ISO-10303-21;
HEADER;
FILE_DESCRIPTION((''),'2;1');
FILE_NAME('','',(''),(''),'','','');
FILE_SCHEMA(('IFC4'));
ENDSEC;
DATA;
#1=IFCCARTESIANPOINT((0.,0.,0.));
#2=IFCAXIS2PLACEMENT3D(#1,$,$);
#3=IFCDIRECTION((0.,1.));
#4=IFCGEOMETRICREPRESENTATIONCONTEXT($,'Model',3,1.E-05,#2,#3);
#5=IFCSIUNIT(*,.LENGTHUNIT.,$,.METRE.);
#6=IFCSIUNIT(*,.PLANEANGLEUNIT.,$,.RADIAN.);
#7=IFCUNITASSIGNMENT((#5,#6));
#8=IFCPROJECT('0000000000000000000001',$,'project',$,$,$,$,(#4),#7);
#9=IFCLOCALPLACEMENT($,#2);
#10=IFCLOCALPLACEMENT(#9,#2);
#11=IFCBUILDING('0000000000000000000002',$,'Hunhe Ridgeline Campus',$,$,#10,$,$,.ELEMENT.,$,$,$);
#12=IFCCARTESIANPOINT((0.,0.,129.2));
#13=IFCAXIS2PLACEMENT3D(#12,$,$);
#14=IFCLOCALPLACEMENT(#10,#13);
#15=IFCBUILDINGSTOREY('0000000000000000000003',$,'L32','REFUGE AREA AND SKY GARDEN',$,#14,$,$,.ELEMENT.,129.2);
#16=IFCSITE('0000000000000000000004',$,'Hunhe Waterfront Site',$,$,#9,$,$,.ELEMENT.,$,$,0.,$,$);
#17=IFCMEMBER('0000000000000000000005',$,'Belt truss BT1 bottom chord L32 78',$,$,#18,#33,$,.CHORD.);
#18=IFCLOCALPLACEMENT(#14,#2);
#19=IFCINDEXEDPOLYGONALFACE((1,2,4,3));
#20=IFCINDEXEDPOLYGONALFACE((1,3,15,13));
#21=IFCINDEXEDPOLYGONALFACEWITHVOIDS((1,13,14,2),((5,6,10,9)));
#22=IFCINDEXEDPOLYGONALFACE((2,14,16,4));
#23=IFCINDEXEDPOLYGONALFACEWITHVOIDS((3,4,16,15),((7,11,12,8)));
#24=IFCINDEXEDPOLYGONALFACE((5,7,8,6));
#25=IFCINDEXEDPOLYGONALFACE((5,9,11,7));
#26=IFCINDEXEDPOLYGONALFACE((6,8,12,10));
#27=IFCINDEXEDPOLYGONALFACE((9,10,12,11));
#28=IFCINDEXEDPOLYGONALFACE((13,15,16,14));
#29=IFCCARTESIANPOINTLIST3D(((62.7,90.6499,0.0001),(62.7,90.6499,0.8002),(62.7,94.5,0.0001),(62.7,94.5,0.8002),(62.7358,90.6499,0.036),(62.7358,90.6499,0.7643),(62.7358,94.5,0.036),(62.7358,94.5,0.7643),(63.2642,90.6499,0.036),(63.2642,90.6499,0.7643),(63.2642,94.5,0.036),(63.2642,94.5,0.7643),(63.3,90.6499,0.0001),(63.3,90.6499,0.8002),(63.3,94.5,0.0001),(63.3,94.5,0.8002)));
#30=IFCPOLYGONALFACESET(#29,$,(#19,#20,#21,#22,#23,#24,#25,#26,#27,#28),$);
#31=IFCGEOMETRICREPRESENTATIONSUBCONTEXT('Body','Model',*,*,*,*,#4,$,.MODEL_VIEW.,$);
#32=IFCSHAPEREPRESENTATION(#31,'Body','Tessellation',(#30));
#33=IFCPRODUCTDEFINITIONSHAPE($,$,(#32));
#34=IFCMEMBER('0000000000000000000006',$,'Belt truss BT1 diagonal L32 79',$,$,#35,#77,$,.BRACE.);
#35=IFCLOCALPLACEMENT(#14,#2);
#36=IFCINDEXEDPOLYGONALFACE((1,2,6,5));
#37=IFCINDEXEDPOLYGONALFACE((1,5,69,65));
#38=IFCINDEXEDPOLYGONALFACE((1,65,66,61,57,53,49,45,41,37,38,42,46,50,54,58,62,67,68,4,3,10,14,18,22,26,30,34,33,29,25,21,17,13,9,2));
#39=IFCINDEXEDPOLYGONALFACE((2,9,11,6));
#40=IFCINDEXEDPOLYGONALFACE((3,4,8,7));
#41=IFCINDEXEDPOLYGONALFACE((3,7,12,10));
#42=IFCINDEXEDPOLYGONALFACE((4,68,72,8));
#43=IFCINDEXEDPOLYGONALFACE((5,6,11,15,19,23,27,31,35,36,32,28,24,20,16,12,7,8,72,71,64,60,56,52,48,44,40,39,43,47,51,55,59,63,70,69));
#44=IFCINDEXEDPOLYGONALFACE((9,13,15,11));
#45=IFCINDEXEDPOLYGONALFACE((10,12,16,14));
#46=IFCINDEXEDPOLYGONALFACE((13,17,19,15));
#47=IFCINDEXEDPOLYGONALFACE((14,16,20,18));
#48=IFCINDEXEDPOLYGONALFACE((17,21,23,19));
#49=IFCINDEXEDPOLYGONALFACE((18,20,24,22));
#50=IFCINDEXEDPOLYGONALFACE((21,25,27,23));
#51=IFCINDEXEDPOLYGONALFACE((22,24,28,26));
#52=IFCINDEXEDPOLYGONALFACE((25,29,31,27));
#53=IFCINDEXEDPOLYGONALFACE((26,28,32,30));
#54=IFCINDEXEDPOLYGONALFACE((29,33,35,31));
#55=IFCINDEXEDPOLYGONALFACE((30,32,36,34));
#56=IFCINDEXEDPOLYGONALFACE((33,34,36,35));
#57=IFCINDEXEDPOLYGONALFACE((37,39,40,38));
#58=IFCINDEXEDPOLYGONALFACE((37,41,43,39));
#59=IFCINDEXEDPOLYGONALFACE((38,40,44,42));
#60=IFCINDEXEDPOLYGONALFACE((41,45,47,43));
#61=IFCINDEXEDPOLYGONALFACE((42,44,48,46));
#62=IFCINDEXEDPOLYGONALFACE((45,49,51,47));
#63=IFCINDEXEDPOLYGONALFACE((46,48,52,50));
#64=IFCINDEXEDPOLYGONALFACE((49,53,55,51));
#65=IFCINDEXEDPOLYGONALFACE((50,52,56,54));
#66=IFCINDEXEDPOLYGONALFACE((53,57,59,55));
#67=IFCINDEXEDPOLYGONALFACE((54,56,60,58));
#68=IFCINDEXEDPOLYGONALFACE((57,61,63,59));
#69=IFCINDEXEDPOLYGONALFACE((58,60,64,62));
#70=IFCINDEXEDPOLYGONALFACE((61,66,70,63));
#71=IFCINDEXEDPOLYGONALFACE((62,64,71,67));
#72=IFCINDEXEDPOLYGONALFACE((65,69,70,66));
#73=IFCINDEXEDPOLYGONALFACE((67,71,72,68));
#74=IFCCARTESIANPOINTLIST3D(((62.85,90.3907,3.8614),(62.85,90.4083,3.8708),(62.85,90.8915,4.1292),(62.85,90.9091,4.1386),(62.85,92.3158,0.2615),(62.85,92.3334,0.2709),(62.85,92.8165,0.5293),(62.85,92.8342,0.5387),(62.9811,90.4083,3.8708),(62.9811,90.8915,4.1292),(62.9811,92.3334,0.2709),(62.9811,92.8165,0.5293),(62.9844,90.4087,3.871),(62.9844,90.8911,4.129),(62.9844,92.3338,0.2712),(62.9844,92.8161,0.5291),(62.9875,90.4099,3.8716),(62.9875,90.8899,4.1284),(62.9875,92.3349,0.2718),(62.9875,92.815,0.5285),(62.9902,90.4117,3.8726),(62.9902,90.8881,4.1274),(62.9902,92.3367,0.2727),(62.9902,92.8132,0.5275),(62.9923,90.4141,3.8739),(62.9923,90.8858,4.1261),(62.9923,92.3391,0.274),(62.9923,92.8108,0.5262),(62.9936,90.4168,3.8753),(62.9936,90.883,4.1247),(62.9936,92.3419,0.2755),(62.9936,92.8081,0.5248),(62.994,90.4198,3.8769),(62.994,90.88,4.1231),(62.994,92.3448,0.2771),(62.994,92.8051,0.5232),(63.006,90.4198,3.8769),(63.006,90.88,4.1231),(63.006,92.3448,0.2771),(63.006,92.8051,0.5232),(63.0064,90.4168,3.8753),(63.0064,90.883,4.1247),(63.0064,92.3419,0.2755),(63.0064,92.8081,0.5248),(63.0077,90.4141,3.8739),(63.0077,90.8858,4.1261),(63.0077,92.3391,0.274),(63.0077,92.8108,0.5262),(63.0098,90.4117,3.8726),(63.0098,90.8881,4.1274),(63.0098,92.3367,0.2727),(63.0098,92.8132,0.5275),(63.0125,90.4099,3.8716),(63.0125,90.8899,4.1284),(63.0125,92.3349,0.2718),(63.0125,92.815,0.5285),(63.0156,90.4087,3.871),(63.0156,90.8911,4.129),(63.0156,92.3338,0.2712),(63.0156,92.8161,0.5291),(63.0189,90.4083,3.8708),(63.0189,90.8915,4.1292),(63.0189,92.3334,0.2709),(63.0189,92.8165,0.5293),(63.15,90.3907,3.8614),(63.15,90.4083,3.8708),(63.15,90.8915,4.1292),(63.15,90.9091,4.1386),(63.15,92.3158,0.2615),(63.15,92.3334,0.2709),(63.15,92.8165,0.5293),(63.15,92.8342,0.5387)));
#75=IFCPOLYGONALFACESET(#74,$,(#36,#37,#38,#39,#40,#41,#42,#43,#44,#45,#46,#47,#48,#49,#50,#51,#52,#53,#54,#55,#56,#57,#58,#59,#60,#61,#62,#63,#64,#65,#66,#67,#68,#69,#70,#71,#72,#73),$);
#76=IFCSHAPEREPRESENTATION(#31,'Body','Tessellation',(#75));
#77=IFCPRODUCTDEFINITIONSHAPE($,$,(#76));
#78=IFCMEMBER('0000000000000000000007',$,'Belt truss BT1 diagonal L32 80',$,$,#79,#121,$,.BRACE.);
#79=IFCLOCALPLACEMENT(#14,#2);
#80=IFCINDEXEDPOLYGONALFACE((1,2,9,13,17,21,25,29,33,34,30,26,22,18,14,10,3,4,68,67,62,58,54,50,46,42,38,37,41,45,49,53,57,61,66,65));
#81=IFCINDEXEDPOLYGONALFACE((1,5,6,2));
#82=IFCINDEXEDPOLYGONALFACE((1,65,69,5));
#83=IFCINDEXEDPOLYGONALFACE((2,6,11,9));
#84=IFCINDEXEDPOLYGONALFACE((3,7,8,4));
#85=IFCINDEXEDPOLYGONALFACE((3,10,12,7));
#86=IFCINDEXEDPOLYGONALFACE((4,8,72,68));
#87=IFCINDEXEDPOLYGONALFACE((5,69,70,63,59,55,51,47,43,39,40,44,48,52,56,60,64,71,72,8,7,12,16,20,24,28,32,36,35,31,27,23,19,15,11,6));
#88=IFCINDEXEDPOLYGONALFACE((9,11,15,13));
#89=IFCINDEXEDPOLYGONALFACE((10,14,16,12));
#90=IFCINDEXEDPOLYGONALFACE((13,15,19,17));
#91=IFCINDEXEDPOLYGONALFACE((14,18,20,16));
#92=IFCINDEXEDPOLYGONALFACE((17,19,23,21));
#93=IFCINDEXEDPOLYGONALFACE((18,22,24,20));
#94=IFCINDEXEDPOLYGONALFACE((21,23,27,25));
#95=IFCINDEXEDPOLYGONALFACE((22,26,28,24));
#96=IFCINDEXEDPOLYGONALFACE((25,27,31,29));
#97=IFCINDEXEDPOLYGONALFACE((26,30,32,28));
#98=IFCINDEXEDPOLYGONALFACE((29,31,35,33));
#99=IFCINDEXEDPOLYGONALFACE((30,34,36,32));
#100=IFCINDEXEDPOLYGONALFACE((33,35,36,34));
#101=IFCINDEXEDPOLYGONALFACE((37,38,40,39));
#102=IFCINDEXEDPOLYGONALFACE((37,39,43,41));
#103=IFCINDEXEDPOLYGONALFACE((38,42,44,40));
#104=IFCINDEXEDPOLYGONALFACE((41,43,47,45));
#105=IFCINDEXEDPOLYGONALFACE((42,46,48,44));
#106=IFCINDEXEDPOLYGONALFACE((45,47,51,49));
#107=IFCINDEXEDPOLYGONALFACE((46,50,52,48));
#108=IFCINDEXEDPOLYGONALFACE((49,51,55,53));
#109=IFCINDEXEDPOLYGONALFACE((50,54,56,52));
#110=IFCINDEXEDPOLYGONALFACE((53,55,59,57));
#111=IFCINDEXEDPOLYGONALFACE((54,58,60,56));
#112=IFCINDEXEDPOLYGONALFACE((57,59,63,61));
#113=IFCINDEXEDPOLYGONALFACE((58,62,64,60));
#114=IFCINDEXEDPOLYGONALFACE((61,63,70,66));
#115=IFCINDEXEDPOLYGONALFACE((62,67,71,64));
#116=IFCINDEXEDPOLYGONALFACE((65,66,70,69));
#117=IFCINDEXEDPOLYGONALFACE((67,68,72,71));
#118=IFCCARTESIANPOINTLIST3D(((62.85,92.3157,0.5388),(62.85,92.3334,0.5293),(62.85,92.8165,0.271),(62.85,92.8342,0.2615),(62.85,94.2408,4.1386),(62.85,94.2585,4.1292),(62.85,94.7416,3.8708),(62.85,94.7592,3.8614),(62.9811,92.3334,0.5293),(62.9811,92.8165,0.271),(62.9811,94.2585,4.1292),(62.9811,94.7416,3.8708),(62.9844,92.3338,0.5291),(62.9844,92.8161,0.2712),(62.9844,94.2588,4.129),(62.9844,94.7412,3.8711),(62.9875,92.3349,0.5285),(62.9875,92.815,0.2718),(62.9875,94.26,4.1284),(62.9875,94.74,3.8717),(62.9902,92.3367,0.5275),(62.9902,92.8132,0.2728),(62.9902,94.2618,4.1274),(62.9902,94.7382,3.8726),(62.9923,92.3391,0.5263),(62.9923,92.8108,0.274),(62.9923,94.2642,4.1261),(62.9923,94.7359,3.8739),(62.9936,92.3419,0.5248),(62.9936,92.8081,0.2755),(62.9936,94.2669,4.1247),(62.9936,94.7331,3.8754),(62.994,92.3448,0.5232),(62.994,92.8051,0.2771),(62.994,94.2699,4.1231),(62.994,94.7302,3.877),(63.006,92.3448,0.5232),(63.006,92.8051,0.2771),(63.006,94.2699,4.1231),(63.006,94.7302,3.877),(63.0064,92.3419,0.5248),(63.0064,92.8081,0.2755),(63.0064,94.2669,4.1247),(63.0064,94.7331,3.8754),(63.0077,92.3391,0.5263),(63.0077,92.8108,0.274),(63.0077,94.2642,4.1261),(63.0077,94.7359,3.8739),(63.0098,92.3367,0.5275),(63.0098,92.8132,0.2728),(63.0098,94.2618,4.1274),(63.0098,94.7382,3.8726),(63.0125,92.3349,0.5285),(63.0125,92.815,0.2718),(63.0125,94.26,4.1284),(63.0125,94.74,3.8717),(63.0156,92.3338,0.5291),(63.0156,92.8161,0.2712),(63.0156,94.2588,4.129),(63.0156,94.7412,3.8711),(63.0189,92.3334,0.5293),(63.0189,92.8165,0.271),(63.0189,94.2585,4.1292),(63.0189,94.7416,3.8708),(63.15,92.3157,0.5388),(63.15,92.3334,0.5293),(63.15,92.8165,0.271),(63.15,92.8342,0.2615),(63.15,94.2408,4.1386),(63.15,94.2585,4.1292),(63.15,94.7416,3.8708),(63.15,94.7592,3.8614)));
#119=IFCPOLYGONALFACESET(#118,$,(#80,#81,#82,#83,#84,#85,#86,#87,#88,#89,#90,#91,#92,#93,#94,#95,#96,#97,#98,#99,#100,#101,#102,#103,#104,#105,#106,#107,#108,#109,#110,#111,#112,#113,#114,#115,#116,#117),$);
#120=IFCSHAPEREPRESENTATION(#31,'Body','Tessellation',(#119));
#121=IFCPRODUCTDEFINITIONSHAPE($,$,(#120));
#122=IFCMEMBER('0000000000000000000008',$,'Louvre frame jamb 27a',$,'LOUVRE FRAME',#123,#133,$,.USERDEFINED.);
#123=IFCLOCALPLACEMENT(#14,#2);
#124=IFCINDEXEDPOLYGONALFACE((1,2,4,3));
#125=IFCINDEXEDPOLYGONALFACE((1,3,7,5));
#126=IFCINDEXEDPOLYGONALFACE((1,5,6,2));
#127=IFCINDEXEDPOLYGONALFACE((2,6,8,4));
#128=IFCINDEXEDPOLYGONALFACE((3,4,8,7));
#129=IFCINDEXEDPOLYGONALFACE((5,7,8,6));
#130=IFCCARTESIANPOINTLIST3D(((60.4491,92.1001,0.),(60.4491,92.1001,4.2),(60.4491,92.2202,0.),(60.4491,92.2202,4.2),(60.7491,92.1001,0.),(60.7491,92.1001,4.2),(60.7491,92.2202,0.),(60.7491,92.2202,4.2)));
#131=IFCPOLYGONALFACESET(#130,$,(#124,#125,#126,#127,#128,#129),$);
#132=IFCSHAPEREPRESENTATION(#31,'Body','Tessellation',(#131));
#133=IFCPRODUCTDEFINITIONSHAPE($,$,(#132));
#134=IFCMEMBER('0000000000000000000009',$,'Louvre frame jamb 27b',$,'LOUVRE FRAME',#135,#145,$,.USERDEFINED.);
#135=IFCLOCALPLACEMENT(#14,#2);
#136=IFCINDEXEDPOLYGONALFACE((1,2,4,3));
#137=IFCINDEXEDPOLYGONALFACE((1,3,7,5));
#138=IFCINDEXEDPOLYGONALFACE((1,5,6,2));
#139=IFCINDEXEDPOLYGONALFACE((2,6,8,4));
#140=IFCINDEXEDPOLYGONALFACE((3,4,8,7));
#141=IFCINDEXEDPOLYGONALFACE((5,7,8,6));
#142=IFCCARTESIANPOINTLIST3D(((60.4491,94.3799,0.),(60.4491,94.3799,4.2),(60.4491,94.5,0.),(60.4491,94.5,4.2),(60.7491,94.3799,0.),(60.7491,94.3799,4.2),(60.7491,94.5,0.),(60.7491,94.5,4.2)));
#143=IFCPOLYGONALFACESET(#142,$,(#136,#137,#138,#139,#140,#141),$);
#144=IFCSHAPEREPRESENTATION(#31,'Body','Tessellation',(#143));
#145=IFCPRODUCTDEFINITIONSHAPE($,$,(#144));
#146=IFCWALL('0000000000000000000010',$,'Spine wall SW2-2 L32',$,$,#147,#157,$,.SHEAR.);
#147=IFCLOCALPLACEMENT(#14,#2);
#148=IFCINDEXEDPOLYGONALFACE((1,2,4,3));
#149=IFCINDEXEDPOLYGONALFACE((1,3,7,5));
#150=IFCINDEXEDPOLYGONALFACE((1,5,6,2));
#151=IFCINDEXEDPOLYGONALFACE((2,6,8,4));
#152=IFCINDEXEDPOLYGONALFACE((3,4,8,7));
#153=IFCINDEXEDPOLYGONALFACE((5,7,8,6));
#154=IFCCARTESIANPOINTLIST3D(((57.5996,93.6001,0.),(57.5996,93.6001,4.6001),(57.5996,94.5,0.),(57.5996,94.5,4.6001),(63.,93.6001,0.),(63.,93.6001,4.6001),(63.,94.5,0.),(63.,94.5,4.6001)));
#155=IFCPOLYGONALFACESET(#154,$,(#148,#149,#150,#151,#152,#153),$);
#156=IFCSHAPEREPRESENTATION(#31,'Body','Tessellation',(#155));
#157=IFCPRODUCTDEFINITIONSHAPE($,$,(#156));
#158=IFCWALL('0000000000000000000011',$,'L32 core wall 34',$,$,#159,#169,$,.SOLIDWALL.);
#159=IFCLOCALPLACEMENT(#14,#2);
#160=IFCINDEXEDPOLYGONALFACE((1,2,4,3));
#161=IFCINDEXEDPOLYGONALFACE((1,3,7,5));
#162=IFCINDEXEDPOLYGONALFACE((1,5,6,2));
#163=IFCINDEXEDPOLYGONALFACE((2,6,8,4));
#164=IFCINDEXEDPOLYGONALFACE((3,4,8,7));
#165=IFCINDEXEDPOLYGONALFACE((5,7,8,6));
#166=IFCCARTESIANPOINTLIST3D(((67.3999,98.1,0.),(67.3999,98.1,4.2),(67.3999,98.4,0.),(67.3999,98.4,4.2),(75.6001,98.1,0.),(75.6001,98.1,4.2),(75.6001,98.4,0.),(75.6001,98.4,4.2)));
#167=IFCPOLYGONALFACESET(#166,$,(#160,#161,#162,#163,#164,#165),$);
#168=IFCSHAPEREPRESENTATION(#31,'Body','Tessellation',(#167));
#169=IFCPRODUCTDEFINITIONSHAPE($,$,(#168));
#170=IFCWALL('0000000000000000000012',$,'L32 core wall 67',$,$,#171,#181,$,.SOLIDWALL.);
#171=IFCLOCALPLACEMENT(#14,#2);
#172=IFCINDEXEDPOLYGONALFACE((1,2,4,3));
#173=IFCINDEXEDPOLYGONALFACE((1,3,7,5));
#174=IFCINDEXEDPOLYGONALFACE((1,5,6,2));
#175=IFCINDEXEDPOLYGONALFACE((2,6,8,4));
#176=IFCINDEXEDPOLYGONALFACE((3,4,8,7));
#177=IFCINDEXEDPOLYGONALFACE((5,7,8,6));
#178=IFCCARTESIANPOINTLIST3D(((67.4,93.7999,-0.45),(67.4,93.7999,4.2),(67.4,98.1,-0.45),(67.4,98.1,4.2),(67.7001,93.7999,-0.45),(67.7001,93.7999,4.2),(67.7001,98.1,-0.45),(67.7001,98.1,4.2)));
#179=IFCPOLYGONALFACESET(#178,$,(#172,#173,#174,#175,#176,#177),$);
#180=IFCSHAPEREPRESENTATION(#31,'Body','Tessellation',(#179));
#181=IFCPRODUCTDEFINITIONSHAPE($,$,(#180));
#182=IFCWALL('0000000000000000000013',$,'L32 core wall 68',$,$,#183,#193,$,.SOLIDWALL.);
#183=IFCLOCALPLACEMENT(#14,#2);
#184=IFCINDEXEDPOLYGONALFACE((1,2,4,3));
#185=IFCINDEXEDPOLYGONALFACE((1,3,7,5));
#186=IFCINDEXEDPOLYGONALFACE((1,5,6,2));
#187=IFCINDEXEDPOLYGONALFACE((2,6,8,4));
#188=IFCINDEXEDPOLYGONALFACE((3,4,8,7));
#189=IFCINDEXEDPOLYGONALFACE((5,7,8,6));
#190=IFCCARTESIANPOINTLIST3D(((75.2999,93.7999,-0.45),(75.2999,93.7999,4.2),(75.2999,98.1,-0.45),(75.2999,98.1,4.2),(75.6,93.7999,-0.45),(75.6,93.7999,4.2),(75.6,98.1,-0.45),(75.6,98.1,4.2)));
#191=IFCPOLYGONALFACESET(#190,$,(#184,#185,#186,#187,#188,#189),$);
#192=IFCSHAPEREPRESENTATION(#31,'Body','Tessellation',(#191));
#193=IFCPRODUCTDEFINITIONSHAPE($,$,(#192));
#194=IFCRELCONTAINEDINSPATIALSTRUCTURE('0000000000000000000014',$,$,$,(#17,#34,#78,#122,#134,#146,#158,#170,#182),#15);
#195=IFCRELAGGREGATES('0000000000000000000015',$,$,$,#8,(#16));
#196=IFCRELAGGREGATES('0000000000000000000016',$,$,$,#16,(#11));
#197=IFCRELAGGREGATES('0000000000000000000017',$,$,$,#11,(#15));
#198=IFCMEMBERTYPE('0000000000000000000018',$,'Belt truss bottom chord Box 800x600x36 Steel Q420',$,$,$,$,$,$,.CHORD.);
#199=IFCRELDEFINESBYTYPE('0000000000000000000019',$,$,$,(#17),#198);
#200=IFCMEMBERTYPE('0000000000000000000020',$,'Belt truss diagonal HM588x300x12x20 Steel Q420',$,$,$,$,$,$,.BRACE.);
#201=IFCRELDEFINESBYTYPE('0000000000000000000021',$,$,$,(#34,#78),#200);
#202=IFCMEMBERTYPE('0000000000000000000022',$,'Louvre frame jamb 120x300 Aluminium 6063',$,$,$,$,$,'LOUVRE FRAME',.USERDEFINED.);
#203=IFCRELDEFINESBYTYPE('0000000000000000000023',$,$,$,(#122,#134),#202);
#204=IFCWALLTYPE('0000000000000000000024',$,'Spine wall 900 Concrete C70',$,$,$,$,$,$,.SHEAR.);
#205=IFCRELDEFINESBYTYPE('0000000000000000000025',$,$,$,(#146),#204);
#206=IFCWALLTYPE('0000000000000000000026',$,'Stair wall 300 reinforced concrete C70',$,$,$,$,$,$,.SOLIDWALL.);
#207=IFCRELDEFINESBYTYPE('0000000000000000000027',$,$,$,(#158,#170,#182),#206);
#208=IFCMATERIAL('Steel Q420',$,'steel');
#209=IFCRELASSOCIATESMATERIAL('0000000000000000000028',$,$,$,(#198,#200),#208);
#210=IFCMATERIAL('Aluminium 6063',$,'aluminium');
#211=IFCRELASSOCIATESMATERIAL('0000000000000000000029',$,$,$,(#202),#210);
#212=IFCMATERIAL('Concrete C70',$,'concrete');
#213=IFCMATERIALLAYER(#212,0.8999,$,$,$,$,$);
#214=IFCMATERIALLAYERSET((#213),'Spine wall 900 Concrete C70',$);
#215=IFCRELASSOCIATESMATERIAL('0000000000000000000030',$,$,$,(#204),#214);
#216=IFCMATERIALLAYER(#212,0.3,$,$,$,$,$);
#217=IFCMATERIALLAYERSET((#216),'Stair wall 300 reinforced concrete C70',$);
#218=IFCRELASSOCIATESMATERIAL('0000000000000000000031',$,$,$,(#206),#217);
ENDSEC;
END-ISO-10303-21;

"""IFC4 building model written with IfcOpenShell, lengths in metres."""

from ifc_helpers import new_model, si_unit, direction, frame, frame_2d, origin, origin_2d, place, context, subcontext, project, spatial, rectangle, hollow_rectangle, i_section, extrude, material, layer, layer_set, material_profile, profile_set, type_object, element, save


model = new_model("IFC4")

# Units and contexts
model_context = context("Model", 3, precision=1e-05, world=origin(), true_north=direction((0.0, 1.0)))
body_context = subcontext(model_context, "Body", "Model", "MODEL_VIEW")
ifc_project = project(units=[si_unit("LENGTHUNIT", "METRE"), si_unit("PLANEANGLEUNIT", "RADIAN")], contexts=[model_context])

# Site, building, storey
site_placement = place(None, origin())
site = spatial("IfcSite", under=ifc_project, at=site_placement, Name="Hunhe Waterfront Site", CompositionType="ELEMENT", RefElevation=0.0)
building_placement = place(site_placement, origin())
building = spatial("IfcBuilding", under=site, at=building_placement, Name="Hunhe Ridgeline Campus", CompositionType="ELEMENT")
storey_placement = place(building_placement, frame((0.0, 0.0, 129.2)))
storey = spatial("IfcBuildingStorey", under=building, at=storey_placement, Name="L32", Description="REFUGE AREA AND SKY GARDEN", CompositionType="ELEMENT", Elevation=129.2)

# Members
ifc_material_1 = material(Name="Steel Q420", Category="steel")
ifc_material_profile_1 = material_profile(ifc_material_1, hollow_rectangle(XDim=0.6001, YDim=0.8, WallThickness=0.0359, at=origin_2d()))
ifc_profile_set_1 = profile_set([ifc_material_profile_1], Name="Steel Q420")
member_type_1 = type_object("IfcMemberType", Name="Belt truss bottom chord Box 800x600x36 Steel Q420", PredefinedType="CHORD", material=ifc_profile_set_1)
member_placement = place(storey_placement, frame((63.0, 90.6499, 0.4001), z_axis=(0.0, 1.0, 0.0), x_axis=(-1.0, 0.0, 0.0)))
element("IfcMember", 1, at=member_placement, inside=storey, type_object=member_type_1, Name="Belt truss BT1 bottom chord L32 78", PredefinedType="CHORD", context=body_context, shape_type="SweptSolid", body=[
    extrude(hollow_rectangle(XDim=0.6001, YDim=0.8, WallThickness=0.0359, at=origin_2d()), origin(), (0.0, 0.0, 1.0), 3.8501),
])
ifc_material_profile_2 = material_profile(ifc_material_1, i_section(OverallWidth=0.3, OverallDepth=0.5879, WebThickness=0.012, FlangeThickness=0.02, FilletRadius=0.0129, at=origin_2d()))
ifc_profile_set_2 = profile_set([ifc_material_profile_2], Name="Steel Q420")
member_type_2 = type_object("IfcMemberType", Name="Belt truss diagonal HM588x300x12x20 Steel Q420", PredefinedType="BRACE", material=ifc_profile_set_2)
for number, where, z_axis, x_axis, name in (
    (2, (63.0, 90.6499, 4.0), (0.0, 0.471566, -0.881831), (-1.0, 0.0, 0.0), "Belt truss BT1 diagonal L32 79"),
    (3, (63.0, 92.575, 0.4001), (0.0, 0.471566, 0.881831), (-1.0, 0.0, 0.0), "Belt truss BT1 diagonal L32 80"),
):
    element("IfcMember", number, at=place(storey_placement, frame(where, z_axis=z_axis, x_axis=x_axis)), inside=storey, type_object=member_type_2, Name=name, PredefinedType="BRACE", context=body_context, shape_type="SweptSolid", body=[
        extrude(i_section(OverallWidth=0.3, OverallDepth=0.5879, WebThickness=0.012, FlangeThickness=0.02, FilletRadius=0.0129, at=origin_2d()), origin(), (0.0, 0.0, 1.0), 4.0823),
    ])
ifc_material_2 = material(Name="Aluminium 6063", Category="aluminium")
ifc_material_profile_3 = material_profile(ifc_material_2, rectangle(XDim=0.3, YDim=0.1201, at=origin_2d()))
ifc_profile_set_3 = profile_set([ifc_material_profile_3], Name="Aluminium 6063")
member_type_3 = type_object("IfcMemberType", Name="Louvre frame jamb 120x300 Aluminium 6063", ElementType="LOUVRE FRAME", PredefinedType="USERDEFINED", material=ifc_profile_set_3)
for number, where, z_axis, x_axis, name in (
    (4, (60.5991, 92.1602, 0.0), (0.0, 0.0, 1.0), (-1.0, 0.0, 0.0), "Louvre frame jamb 27a"),
    (5, (60.5991, 94.4399, 0.0), (0.0, 0.0, 1.0), (-1.0, 0.0, 0.0), "Louvre frame jamb 27b"),
):
    element("IfcMember", number, at=place(storey_placement, frame(where, z_axis=z_axis, x_axis=x_axis)), inside=storey, type_object=member_type_3, Name=name, ObjectType="LOUVRE FRAME", PredefinedType="USERDEFINED", context=body_context, shape_type="SweptSolid", body=[
        extrude(rectangle(XDim=0.3, YDim=0.1201, at=origin_2d()), origin(), (0.0, 0.0, 1.0), 4.2),
    ])

# Wall
ifc_material_3 = material(Name="Concrete C70", Category="concrete")
ifc_layer_1 = layer(ifc_material_3, 0.8999)
ifc_layer_set_1 = layer_set([ifc_layer_1], Name="Spine wall 900 Concrete C70")
wall_type_1 = type_object("IfcWallType", Name="Spine wall 900 Concrete C70", PredefinedType="SHEAR", material=ifc_layer_set_1)
wall_1_placement = place(storey_placement, frame((63.0, 94.05, 0.0), z_axis=(0.0, 0.0, 1.0), x_axis=(-1.0, 0.0, 0.0)))
element("IfcWall", 6, at=wall_1_placement, inside=storey, type_object=wall_type_1, Name="Spine wall SW2-2 L32", PredefinedType="SHEAR", context=body_context, shape_type="SweptSolid", body=[
    extrude(rectangle(XDim=5.4004, YDim=0.8999, at=frame_2d((2.7002, 0.0))), origin(), (0.0, 0.0, 1.0), 4.6001),
])

# Shared definitions
ifc_layer_2 = layer(ifc_material_3, 0.3)
ifc_layer_set_2 = layer_set([ifc_layer_2], Name="Stair wall 300 reinforced concrete C70")
wall_type_2 = type_object("IfcWallType", Name="Stair wall 300 reinforced concrete C70", PredefinedType="SOLIDWALL", material=ifc_layer_set_2)

# Walls
wall_2_placement = place(storey_placement, frame((67.3999, 98.25, 0.0), z_axis=(0.0, 0.0, 1.0), x_axis=(1.0, 0.0, 0.0)))
element("IfcWall", 7, at=wall_2_placement, inside=storey, type_object=wall_type_2, Name="L32 core wall 34", PredefinedType="SOLIDWALL", context=body_context, shape_type="SweptSolid", body=[
    extrude(rectangle(XDim=8.2002, YDim=0.3, at=frame_2d((4.1001, 0.0))), origin(), (0.0, 0.0, 1.0), 4.2),
])
for number, where, z_axis, x_axis, name in (
    (8, (67.55, 93.8, -0.45), (0.0, 0.0, 1.0), (0.0, 1.0, 0.0), "L32 core wall 67"),
    (9, (75.45, 93.8, -0.45), (0.0, 0.0, 1.0), (0.0, 1.0, 0.0), "L32 core wall 68"),
):
    element("IfcWall", number, at=place(storey_placement, frame(where, z_axis=z_axis, x_axis=x_axis)), inside=storey, type_object=wall_type_2, Name=name, PredefinedType="SOLIDWALL", context=body_context, shape_type="SweptSolid", body=[
        extrude(rectangle(XDim=4.3, YDim=0.3, at=frame_2d((2.1499, 0.0))), origin(), (0.0, 0.0, 1.0), 4.6499),
    ])

save(model, "model.ifc")
